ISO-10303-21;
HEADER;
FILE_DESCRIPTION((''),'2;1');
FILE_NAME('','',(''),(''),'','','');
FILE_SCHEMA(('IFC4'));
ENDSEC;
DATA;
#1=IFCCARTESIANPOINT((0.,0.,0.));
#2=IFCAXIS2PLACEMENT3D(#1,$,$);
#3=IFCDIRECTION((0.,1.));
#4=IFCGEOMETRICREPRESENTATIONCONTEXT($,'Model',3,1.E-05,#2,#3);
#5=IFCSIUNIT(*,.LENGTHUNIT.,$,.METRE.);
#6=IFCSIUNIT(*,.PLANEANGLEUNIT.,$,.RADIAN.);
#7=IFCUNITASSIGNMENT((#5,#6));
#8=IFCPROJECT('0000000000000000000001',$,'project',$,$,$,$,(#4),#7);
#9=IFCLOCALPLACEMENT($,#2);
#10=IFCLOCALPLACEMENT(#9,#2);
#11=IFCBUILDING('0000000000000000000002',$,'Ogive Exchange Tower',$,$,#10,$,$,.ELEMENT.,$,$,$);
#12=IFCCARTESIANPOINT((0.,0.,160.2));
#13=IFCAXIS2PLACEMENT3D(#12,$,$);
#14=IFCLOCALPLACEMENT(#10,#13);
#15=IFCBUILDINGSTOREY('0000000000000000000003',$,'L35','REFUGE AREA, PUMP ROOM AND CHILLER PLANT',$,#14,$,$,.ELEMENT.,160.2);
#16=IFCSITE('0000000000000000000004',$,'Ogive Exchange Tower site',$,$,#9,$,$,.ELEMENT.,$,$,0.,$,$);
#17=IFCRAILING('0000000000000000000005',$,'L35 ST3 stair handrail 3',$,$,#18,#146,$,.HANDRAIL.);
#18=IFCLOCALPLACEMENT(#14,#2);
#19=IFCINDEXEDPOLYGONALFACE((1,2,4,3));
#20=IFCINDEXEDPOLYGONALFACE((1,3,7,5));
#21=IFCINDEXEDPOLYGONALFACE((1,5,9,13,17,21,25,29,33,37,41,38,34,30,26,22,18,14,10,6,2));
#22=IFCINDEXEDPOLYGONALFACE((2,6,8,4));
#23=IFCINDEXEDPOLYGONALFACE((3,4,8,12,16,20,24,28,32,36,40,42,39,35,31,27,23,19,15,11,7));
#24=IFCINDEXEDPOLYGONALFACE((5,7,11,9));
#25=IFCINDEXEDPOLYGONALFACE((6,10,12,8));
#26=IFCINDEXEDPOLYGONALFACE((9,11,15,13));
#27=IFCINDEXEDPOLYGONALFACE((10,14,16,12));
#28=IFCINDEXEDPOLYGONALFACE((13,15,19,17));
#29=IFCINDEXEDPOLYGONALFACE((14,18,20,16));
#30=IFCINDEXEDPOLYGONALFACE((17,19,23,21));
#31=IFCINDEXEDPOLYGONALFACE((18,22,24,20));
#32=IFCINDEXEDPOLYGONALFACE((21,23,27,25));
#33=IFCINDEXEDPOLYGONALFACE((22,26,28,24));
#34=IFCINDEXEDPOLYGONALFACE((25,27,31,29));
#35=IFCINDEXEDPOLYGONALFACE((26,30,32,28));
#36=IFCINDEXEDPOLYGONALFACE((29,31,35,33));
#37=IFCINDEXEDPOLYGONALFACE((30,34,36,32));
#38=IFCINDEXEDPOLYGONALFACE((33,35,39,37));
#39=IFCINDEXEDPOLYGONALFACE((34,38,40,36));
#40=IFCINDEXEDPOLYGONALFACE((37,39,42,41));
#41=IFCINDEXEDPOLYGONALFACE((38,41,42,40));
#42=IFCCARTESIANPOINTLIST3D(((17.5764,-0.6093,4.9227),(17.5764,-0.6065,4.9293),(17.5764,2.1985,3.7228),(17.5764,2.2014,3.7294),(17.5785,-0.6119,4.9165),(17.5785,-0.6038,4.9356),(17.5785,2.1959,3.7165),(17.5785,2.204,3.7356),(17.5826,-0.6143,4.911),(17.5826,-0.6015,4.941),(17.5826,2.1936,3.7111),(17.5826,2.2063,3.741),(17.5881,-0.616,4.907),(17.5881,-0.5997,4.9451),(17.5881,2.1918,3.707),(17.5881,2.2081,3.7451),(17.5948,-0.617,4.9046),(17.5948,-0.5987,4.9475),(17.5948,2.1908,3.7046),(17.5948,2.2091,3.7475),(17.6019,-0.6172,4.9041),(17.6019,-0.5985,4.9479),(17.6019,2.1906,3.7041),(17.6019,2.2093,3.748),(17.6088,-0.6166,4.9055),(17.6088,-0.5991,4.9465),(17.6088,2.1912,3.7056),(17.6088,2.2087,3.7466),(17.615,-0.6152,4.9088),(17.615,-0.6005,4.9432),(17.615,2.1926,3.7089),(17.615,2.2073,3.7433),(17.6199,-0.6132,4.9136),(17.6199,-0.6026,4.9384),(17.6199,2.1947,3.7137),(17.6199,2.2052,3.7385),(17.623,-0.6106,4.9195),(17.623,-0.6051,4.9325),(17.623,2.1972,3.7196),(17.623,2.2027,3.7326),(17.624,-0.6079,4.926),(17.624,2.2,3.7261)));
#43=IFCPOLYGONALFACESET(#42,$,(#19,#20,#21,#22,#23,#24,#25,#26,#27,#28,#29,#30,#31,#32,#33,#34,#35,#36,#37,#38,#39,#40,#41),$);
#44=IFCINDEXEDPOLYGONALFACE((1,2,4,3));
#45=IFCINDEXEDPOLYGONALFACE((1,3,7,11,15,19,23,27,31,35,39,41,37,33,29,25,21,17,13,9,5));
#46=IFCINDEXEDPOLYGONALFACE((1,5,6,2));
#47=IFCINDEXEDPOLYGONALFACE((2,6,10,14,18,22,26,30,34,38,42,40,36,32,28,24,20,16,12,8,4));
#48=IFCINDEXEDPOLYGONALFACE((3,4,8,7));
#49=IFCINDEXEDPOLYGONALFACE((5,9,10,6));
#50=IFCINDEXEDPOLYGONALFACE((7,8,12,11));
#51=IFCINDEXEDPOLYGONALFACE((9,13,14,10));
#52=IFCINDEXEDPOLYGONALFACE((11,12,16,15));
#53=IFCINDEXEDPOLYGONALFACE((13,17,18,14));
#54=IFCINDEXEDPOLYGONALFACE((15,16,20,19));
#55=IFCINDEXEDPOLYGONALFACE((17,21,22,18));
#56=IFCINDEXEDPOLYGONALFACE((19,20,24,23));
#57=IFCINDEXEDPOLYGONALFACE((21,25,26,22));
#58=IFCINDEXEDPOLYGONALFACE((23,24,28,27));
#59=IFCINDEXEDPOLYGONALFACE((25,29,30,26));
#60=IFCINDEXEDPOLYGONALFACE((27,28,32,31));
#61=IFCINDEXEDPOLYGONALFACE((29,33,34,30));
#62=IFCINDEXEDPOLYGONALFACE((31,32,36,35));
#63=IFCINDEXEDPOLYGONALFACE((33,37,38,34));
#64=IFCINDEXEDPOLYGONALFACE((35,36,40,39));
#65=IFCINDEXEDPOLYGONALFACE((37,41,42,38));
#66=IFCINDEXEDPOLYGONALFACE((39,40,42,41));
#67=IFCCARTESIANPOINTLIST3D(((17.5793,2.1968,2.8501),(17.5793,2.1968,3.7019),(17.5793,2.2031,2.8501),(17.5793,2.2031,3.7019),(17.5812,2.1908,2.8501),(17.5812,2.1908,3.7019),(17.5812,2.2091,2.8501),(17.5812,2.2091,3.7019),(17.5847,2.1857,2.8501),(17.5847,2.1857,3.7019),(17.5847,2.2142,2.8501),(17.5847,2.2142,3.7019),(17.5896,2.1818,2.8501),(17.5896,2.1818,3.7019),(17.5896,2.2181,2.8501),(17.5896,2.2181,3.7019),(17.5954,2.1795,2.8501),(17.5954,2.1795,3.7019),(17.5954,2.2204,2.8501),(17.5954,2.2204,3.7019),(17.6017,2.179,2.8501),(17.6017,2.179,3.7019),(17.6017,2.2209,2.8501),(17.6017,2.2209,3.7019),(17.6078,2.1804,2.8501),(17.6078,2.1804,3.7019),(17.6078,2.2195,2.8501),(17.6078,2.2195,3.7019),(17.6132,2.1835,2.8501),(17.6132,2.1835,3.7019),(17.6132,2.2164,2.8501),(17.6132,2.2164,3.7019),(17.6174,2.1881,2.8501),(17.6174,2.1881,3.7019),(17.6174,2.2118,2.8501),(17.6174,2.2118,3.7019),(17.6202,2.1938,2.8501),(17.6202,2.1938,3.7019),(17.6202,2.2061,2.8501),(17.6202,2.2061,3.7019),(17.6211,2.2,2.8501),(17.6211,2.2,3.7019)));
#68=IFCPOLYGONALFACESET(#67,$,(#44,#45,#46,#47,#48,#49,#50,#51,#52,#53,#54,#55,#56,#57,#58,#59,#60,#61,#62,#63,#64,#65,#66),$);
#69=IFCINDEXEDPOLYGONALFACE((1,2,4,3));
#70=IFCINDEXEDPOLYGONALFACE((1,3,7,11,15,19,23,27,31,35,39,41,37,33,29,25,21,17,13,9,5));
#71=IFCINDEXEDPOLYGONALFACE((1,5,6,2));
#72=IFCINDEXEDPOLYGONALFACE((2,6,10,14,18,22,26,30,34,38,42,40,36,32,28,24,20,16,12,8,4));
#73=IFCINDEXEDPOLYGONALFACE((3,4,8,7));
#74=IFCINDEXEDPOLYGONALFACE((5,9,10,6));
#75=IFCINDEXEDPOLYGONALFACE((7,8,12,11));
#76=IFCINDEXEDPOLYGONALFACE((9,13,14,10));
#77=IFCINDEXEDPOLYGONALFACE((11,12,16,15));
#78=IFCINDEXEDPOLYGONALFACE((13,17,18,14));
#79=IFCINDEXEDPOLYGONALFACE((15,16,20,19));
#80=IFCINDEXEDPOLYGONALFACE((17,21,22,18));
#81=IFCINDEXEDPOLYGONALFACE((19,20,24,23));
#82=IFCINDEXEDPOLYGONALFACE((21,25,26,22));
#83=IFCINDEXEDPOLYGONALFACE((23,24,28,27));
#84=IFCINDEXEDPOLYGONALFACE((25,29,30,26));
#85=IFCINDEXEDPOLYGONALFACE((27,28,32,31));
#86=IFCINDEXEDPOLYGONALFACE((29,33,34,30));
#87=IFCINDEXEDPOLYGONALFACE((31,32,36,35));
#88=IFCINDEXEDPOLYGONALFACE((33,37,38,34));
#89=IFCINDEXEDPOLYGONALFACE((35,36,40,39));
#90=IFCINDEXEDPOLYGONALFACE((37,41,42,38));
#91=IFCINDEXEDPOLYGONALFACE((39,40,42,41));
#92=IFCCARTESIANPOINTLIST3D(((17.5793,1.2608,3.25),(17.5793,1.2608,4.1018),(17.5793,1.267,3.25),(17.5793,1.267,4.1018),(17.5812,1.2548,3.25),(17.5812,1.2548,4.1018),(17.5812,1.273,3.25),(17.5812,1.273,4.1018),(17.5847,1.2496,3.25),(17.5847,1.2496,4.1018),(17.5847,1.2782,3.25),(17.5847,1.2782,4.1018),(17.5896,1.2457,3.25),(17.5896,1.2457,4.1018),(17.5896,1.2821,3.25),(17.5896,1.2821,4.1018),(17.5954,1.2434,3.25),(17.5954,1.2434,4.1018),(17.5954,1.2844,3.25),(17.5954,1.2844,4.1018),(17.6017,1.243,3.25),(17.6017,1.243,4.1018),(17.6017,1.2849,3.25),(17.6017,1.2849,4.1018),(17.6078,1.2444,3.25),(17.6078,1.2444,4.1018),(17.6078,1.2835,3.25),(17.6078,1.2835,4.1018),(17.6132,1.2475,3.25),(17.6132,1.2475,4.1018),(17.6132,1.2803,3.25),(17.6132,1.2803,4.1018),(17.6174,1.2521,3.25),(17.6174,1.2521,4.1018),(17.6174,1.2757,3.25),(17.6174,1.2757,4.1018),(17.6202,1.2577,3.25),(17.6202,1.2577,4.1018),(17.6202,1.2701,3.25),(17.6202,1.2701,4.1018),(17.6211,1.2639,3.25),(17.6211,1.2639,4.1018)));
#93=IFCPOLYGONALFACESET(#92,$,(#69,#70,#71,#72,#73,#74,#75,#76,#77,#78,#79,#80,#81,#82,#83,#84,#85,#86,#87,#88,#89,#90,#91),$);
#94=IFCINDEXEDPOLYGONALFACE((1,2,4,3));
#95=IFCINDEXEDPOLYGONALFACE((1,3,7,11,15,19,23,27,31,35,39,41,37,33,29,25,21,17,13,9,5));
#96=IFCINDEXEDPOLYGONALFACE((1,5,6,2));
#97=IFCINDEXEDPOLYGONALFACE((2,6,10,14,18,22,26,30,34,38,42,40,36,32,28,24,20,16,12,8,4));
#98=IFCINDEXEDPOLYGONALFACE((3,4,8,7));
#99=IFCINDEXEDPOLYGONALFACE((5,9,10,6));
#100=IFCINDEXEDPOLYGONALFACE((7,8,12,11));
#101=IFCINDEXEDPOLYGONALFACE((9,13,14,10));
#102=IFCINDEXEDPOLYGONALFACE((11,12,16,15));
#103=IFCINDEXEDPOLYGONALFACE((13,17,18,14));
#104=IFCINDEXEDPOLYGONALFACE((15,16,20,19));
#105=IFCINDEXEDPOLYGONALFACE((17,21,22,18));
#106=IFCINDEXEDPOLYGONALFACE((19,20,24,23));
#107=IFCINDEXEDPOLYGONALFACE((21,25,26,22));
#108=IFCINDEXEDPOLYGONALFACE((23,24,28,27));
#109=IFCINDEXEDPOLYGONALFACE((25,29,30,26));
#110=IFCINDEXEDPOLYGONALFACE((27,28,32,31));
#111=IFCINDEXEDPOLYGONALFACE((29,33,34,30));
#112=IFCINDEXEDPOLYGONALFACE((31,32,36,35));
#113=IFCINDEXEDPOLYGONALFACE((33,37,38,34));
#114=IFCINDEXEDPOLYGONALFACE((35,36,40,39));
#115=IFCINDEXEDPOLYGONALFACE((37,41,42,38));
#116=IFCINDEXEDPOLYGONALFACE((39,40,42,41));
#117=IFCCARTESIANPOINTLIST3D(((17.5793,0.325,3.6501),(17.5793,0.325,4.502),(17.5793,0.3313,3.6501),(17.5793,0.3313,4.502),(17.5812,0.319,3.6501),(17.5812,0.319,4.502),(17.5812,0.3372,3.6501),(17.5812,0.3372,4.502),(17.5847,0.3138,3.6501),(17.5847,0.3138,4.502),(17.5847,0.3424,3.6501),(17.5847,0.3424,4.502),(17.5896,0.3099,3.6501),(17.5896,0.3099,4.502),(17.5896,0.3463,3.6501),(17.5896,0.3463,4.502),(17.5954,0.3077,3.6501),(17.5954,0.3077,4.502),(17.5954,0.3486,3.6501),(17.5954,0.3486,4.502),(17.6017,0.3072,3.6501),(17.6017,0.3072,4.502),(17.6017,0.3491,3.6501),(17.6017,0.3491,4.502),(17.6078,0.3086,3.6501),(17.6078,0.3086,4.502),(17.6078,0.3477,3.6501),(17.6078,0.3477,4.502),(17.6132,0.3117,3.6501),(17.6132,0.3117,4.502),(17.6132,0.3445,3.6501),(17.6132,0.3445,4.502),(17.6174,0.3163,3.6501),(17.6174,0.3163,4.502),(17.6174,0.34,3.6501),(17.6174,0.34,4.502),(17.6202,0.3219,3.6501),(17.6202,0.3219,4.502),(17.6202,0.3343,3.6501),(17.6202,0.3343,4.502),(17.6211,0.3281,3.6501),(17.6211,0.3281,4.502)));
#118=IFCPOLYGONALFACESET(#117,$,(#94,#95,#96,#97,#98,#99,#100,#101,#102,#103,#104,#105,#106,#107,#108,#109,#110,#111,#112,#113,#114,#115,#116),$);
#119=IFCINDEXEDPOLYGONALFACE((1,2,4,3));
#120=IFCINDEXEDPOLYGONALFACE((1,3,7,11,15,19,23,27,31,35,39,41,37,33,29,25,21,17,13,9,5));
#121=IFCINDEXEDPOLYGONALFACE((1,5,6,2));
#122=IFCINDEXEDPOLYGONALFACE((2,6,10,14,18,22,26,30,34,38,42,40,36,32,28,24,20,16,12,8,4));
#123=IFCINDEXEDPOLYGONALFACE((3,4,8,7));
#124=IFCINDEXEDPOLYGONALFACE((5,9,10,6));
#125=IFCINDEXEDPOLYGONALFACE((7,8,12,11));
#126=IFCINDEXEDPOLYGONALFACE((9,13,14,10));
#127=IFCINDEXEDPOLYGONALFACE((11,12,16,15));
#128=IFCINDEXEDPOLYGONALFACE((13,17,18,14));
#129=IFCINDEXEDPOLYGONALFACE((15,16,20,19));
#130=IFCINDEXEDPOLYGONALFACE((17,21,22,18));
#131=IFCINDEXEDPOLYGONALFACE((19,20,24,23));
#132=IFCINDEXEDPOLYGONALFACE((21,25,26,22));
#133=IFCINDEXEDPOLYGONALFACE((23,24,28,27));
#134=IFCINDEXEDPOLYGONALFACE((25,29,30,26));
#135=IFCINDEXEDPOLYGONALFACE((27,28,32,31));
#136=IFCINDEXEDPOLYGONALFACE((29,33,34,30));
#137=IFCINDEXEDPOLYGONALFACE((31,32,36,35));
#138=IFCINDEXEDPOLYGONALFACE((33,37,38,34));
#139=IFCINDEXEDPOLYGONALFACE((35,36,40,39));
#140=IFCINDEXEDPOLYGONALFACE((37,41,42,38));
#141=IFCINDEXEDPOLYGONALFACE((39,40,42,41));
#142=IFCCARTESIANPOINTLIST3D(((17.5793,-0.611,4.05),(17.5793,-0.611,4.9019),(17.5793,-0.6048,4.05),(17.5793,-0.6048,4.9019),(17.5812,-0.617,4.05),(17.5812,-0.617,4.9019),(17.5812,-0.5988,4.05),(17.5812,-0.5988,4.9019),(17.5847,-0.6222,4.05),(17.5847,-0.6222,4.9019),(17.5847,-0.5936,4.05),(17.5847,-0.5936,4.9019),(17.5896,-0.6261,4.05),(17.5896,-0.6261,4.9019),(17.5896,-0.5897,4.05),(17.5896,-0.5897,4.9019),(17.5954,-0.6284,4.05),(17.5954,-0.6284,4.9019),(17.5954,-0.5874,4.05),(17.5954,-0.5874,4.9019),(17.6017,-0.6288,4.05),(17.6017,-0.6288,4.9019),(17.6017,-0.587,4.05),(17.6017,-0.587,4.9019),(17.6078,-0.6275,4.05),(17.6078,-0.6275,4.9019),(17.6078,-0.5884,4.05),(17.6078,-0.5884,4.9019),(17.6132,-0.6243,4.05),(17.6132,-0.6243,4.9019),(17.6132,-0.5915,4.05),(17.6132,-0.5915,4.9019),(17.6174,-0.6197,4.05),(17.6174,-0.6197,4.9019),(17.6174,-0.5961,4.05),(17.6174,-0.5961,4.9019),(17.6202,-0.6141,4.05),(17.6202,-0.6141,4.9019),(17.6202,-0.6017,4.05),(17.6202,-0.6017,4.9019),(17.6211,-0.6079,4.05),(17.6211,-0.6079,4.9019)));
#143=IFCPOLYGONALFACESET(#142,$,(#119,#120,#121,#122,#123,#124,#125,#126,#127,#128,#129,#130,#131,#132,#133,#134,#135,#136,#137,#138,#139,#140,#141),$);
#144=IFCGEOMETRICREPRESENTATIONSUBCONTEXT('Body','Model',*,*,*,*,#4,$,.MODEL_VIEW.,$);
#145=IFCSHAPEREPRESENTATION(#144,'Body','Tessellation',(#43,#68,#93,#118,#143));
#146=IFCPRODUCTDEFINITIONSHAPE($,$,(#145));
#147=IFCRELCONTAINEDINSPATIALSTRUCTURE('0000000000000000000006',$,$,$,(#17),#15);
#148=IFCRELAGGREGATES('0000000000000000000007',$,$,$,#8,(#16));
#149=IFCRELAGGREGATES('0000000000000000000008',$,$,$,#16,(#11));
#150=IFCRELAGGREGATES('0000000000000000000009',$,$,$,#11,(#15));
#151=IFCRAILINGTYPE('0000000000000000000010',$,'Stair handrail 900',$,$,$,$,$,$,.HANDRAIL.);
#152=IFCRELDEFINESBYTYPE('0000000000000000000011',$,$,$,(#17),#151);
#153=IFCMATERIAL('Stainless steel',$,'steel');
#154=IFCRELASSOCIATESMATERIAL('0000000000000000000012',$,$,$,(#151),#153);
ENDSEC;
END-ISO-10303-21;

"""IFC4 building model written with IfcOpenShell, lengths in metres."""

from ifc_helpers import new_model, si_unit, direction, frame, origin, origin_2d, place, context, subcontext, project, spatial, circle, extrude, material, type_object, element, save


model = new_model("IFC4")

# Units and contexts
model_context = context("Model", 3, precision=1e-05, world=origin(), true_north=direction((0.0, 1.0)))
body_context = subcontext(model_context, "Body", "Model", "MODEL_VIEW")
ifc_project = project(units=[si_unit("LENGTHUNIT", "METRE"), si_unit("PLANEANGLEUNIT", "RADIAN")], contexts=[model_context])

# Site, building, storey
site_placement = place(None, origin())
site = spatial("IfcSite", under=ifc_project, at=site_placement, Name="Ogive Exchange Tower site", CompositionType="ELEMENT", RefElevation=0.0)
building_placement = place(site_placement, origin())
building = spatial("IfcBuilding", under=site, at=building_placement, Name="Ogive Exchange Tower", CompositionType="ELEMENT")
storey_placement = place(building_placement, frame((0.0, 0.0, 160.2)))
storey = spatial("IfcBuildingStorey", under=building, at=storey_placement, Name="L35", Description="REFUGE AREA, PUMP ROOM AND CHILLER PLANT", CompositionType="ELEMENT", Elevation=160.2)

# Shared definitions
ifc_material_1 = material(Name="Stainless steel", Category="steel")

# Railing
railing_type = type_object("IfcRailingType", Name="Stair handrail 900", PredefinedType="HANDRAIL", material=ifc_material_1)
railing_1_placement = place(storey_placement, frame((17.6001, 2.2, 2.8501)))
element("IfcRailing", 1, at=railing_1_placement, inside=storey, type_object=railing_type, Name="L35 ST3 stair handrail 3", PredefinedType="HANDRAIL", context=body_context, shape_type="SweptSolid", body=[
    extrude(circle(Radius=0.0239, at=origin_2d()), frame((0.0, 0.0, 0.876), z_axis=(0.0, -0.91955, 0.392973), x_axis=(1.0, 0.0, 0.0)), (0.0, 0.0, 1.0), 3.0535),
    extrude(circle(Radius=0.021, at=origin_2d()), origin(), (0.0, 0.0, 1.0), 0.8518),
    extrude(circle(Radius=0.021, at=origin_2d()), frame((0.0, -0.936, 0.3999)), (0.0, 0.0, 1.0), 0.8518),
    extrude(circle(Radius=0.021, at=origin_2d()), frame((0.0, -1.8718, 0.8)), (0.0, 0.0, 1.0), 0.8518),
    extrude(circle(Radius=0.021, at=origin_2d()), frame((0.0, -2.8079, 1.2)), (0.0, 0.0, 1.0), 0.8518),
])

save(model, "model.ifc")
